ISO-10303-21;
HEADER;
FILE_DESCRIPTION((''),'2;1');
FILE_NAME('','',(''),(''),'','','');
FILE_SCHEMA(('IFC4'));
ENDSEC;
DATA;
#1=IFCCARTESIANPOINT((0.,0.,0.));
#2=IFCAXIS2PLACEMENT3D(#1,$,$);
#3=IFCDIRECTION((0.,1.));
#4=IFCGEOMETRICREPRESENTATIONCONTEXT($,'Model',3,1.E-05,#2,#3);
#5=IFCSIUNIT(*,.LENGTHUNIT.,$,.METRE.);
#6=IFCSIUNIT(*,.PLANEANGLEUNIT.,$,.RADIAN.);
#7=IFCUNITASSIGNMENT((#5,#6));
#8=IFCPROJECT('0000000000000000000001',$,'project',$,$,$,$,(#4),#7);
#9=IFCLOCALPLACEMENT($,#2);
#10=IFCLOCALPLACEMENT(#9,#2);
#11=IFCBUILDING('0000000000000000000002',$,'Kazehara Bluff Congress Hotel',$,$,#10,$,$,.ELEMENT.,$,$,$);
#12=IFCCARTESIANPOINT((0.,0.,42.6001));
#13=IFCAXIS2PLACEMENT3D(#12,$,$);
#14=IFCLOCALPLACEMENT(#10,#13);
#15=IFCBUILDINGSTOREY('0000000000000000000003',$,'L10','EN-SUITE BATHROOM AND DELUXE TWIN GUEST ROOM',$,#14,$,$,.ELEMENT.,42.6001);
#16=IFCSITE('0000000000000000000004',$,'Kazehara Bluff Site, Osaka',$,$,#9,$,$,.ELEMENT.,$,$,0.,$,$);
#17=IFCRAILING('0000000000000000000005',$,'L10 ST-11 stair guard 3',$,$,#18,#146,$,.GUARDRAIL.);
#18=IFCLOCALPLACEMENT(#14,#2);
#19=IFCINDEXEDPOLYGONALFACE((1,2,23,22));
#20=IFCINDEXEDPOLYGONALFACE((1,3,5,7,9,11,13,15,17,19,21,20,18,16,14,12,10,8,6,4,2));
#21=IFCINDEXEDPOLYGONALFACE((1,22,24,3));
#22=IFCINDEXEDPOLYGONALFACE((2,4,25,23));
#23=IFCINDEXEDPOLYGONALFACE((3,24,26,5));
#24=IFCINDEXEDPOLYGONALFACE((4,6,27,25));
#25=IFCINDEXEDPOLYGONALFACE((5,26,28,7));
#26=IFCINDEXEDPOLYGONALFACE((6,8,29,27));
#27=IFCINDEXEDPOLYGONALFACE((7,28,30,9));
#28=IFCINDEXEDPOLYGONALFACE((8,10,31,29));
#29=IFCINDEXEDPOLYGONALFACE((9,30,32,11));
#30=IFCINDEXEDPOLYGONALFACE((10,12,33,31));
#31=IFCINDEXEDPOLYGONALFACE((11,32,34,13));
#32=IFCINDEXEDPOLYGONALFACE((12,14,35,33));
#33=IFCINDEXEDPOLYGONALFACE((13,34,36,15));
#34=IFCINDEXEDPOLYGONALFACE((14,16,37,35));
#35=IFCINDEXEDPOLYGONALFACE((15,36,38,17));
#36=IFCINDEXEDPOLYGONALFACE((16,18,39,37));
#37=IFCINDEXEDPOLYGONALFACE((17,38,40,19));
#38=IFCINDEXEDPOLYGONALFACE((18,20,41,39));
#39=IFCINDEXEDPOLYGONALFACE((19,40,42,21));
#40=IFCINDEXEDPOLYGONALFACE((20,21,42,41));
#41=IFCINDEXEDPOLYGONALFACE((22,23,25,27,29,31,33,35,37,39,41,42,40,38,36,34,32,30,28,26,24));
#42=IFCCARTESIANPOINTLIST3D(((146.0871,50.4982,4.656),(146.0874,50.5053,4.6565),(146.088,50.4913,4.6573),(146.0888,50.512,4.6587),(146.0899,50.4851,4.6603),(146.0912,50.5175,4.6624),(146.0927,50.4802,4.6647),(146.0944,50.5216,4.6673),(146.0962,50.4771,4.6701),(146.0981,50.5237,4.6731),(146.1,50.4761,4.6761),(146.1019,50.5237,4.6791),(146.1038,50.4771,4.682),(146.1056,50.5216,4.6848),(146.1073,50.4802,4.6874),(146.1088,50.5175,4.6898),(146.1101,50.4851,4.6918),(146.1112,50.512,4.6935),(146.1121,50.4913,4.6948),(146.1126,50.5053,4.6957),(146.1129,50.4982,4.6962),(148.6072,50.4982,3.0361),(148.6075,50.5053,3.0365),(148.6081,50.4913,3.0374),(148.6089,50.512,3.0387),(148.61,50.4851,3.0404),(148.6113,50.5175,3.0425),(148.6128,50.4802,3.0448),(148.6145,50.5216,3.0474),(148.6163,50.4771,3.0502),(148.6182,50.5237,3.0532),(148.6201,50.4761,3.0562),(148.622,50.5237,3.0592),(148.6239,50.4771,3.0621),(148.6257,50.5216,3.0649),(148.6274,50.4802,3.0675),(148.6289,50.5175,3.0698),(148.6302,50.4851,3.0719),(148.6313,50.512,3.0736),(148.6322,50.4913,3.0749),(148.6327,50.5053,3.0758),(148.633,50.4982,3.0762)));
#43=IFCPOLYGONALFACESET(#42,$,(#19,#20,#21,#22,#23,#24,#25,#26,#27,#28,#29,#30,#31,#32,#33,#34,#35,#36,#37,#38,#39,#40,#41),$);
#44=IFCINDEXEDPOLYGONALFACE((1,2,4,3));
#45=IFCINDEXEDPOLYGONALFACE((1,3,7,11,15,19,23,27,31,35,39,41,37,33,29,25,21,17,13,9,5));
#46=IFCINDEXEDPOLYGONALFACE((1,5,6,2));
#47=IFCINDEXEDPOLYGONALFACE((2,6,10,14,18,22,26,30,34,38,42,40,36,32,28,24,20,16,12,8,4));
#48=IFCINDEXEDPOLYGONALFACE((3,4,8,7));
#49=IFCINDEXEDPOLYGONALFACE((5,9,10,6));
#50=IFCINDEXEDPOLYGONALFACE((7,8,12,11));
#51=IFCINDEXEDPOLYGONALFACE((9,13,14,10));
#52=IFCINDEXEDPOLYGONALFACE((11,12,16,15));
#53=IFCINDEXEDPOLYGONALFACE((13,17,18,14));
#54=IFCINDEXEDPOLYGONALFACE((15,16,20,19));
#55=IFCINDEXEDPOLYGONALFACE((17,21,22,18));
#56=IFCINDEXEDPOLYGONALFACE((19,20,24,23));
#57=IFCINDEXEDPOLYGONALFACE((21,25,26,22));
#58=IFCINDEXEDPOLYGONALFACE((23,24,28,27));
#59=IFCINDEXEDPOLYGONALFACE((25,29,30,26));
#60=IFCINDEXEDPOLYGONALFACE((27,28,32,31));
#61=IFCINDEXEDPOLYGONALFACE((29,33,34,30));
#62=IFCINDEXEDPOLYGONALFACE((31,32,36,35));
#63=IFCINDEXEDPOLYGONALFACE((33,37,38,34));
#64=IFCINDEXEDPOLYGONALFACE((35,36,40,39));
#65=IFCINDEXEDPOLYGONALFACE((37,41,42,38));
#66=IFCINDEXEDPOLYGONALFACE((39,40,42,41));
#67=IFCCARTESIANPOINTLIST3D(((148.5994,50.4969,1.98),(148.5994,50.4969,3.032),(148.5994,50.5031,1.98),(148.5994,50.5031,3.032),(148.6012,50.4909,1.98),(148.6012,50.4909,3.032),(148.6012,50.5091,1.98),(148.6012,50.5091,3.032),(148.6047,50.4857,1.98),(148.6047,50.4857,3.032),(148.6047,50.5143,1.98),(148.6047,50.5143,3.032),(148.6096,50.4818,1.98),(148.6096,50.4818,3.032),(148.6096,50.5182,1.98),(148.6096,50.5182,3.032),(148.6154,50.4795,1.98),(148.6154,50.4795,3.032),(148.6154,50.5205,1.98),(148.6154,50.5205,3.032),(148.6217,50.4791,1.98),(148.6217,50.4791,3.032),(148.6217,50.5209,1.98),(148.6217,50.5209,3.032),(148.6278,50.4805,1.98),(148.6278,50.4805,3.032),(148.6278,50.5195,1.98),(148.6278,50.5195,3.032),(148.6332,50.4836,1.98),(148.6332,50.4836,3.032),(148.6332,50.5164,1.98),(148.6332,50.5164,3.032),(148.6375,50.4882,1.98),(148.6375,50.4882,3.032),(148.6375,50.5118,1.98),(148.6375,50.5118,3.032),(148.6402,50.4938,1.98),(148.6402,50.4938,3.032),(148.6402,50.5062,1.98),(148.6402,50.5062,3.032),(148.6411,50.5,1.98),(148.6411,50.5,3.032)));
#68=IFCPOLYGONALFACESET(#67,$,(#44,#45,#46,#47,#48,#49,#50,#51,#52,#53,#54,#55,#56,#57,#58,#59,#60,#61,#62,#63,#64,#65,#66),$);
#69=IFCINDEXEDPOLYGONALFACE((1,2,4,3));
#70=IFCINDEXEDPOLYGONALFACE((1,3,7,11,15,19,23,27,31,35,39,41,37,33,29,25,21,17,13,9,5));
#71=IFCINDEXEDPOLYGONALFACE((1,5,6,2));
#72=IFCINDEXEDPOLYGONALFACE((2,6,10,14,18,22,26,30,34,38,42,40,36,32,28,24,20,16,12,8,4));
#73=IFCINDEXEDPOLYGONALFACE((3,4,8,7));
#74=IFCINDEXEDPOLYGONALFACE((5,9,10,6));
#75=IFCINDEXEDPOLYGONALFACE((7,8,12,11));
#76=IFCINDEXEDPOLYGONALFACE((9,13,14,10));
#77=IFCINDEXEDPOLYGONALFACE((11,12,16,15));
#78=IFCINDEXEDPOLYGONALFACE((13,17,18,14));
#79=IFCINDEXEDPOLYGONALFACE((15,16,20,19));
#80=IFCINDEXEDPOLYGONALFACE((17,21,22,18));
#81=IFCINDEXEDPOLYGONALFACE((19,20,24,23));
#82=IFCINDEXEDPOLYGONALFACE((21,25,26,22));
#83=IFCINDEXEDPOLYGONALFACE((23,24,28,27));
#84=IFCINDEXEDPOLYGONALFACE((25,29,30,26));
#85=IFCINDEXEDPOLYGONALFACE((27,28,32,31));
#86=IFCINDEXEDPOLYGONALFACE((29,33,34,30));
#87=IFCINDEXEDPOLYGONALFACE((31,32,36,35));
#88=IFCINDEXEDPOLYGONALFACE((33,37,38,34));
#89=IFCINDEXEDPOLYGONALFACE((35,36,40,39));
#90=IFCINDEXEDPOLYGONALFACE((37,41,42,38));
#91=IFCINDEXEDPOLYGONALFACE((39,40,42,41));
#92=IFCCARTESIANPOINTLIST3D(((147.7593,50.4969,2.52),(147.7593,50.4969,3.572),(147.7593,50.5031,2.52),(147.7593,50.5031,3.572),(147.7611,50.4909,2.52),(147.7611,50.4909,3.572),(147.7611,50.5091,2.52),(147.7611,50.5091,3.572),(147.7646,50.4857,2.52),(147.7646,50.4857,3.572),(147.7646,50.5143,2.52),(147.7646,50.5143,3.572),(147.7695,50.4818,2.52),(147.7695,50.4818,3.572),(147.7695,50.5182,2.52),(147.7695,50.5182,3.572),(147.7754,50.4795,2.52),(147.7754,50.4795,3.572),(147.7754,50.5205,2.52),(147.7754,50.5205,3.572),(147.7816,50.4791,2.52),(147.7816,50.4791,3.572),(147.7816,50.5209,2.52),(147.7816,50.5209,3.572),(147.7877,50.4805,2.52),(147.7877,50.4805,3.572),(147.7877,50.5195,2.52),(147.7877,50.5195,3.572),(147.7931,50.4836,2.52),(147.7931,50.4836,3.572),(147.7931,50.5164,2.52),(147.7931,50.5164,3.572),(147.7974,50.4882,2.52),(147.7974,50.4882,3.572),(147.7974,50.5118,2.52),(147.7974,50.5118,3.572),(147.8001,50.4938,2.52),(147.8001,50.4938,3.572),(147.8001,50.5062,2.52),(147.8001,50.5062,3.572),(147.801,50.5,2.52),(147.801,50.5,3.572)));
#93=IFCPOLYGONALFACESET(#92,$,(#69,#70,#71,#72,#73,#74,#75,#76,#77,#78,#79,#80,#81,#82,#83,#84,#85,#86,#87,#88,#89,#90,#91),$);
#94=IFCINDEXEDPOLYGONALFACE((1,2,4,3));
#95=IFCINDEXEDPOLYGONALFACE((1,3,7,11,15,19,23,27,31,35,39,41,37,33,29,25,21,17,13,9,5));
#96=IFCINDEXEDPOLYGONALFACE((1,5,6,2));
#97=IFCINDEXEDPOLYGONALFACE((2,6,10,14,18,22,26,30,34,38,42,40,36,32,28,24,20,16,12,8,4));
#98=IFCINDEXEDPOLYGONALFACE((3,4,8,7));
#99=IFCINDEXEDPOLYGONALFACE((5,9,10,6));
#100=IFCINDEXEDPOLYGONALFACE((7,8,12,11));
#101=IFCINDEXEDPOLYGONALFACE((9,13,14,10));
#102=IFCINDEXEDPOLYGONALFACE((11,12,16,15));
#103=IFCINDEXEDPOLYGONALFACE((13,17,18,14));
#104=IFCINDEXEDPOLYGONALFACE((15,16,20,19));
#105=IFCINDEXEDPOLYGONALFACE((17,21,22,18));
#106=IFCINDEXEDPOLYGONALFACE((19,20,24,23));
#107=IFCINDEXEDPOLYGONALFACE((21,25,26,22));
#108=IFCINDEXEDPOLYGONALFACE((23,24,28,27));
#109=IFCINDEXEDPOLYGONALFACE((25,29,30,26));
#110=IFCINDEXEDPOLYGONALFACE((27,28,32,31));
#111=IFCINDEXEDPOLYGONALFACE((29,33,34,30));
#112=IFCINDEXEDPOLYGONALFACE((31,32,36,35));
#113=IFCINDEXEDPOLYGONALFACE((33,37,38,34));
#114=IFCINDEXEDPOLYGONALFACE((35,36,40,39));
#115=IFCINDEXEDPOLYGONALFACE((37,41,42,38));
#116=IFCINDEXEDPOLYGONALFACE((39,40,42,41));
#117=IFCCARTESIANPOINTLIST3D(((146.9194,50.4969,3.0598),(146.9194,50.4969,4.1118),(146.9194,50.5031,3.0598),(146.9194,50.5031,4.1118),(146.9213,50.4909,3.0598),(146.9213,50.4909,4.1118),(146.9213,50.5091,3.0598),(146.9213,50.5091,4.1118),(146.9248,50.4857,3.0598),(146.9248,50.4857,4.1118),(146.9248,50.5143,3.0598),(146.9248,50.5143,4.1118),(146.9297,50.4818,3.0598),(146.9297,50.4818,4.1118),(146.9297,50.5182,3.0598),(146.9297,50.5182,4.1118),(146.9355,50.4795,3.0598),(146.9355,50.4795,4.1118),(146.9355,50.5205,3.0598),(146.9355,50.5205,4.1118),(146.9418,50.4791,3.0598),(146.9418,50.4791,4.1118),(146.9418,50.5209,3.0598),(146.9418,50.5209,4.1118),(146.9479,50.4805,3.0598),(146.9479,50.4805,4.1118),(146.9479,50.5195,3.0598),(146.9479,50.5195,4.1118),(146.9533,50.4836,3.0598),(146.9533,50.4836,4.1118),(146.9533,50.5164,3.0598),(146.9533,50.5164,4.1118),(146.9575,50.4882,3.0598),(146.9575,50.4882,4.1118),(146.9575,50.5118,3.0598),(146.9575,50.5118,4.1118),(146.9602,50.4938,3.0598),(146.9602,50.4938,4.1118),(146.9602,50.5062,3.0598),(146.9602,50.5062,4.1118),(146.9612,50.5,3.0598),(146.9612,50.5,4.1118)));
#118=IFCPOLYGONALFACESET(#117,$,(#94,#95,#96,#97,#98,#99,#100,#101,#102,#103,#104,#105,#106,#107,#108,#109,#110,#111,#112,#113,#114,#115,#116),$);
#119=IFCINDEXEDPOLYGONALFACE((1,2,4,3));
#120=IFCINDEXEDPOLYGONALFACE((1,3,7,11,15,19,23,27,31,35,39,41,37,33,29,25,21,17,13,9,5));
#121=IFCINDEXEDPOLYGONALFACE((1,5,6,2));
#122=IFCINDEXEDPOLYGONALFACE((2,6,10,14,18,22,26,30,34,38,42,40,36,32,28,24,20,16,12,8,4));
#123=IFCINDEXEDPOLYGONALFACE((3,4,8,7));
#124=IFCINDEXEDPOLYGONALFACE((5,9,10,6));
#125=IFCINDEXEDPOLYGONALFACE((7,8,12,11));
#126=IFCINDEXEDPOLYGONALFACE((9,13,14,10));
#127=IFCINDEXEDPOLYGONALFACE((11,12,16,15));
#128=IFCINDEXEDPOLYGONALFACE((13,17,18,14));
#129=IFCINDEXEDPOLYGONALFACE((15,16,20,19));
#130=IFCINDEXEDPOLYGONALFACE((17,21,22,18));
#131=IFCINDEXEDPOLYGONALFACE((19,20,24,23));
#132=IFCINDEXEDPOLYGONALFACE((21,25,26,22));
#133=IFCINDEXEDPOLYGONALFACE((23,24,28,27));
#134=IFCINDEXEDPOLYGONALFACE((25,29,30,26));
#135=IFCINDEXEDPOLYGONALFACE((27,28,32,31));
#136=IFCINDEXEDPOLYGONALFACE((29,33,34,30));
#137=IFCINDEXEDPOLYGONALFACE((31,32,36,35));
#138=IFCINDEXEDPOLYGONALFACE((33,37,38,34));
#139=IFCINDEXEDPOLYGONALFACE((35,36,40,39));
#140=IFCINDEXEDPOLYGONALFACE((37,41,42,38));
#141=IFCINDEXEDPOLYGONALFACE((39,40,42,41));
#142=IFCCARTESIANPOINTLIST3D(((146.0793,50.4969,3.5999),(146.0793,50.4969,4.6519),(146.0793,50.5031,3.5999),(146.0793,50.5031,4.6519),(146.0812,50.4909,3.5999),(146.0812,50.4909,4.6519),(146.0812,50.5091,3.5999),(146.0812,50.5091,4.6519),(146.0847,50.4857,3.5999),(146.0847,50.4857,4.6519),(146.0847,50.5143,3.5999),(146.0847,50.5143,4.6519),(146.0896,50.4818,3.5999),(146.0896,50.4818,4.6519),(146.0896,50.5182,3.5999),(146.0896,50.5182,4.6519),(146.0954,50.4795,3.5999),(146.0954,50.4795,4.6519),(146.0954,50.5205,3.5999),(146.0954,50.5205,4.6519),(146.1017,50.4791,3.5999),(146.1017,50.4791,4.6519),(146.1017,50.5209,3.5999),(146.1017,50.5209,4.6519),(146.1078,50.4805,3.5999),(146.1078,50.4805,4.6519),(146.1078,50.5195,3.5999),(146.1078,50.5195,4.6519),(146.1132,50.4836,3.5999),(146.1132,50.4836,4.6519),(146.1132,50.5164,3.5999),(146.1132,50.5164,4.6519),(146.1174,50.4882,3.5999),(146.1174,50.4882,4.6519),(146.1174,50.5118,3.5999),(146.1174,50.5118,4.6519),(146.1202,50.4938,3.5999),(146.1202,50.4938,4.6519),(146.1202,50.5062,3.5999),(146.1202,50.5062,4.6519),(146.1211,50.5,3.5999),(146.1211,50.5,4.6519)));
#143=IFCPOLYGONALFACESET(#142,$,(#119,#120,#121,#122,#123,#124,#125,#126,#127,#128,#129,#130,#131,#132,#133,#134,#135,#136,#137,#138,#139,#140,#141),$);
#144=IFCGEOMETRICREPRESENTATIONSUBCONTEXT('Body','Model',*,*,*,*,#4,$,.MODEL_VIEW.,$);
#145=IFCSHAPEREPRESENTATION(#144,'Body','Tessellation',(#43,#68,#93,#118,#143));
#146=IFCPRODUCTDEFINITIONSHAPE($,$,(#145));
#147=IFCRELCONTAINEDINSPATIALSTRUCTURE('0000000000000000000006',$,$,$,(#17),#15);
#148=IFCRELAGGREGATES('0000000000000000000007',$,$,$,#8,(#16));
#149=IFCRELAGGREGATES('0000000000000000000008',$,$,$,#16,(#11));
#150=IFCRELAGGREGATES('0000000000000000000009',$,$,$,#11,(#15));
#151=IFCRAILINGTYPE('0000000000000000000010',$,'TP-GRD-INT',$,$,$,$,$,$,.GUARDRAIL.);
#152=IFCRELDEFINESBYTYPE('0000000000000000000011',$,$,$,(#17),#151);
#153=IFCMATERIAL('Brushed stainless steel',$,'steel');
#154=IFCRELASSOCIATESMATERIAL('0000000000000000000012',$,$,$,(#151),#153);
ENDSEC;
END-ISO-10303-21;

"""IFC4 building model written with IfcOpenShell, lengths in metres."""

from ifc_helpers import new_model, si_unit, direction, frame, origin, origin_2d, place, context, subcontext, project, spatial, circle, extrude, material, type_object, element, save


model = new_model("IFC4")

# Units and contexts
model_context = context("Model", 3, precision=1e-05, world=origin(), true_north=direction((0.0, 1.0)))
body_context = subcontext(model_context, "Body", "Model", "MODEL_VIEW")
ifc_project = project(units=[si_unit("LENGTHUNIT", "METRE"), si_unit("PLANEANGLEUNIT", "RADIAN")], contexts=[model_context])

# Site, building, storey
site_placement = place(None, origin())
site = spatial("IfcSite", under=ifc_project, at=site_placement, Name="Kazehara Bluff Site, Osaka", CompositionType="ELEMENT", RefElevation=0.0)
building_placement = place(site_placement, origin())
building = spatial("IfcBuilding", under=site, at=building_placement, Name="Kazehara Bluff Congress Hotel", CompositionType="ELEMENT")
storey_placement = place(building_placement, frame((0.0, 0.0, 42.6001)))
storey = spatial("IfcBuildingStorey", under=building, at=storey_placement, Name="L10", Description="EN-SUITE BATHROOM AND DELUXE TWIN GUEST ROOM", CompositionType="ELEMENT", Elevation=42.6001)

# Railing
ifc_material_1 = material(Name="Brushed stainless steel", Category="steel")
railing_type_1 = type_object("IfcRailingType", Name="TP-GRD-INT", PredefinedType="GUARDRAIL", material=ifc_material_1)
railing_1_placement = place(storey_placement, frame((148.6201, 50.5, 1.98)))
element("IfcRailing", 1, at=railing_1_placement, inside=storey, type_object=railing_type_1, Name="L10 ST-11 stair guard 3", PredefinedType="GUARDRAIL", context=body_context, shape_type="SweptSolid", body=[
    extrude(circle(Radius=0.0239, at=origin_2d()), frame((0.0, 0.0, 1.0762), z_axis=(-0.8412, 0.0, 0.540725), x_axis=(0.0, -1.0, 0.0)), (0.0, 0.0, 1.0), 2.9958),
    extrude(circle(Radius=0.021, at=origin_2d()), origin(), (0.0, 0.0, 1.0), 1.052),
    extrude(circle(Radius=0.021, at=origin_2d()), frame((-0.8401, 0.0, 0.54)), (0.0, 0.0, 1.0), 1.052),
    extrude(circle(Radius=0.021, at=origin_2d()), frame((-1.6799, 0.0, 1.0798)), (0.0, 0.0, 1.0), 1.052),
    extrude(circle(Radius=0.021, at=origin_2d()), frame((-2.52, 0.0, 1.6199)), (0.0, 0.0, 1.0), 1.052),
])

save(model, "model.ifc")
